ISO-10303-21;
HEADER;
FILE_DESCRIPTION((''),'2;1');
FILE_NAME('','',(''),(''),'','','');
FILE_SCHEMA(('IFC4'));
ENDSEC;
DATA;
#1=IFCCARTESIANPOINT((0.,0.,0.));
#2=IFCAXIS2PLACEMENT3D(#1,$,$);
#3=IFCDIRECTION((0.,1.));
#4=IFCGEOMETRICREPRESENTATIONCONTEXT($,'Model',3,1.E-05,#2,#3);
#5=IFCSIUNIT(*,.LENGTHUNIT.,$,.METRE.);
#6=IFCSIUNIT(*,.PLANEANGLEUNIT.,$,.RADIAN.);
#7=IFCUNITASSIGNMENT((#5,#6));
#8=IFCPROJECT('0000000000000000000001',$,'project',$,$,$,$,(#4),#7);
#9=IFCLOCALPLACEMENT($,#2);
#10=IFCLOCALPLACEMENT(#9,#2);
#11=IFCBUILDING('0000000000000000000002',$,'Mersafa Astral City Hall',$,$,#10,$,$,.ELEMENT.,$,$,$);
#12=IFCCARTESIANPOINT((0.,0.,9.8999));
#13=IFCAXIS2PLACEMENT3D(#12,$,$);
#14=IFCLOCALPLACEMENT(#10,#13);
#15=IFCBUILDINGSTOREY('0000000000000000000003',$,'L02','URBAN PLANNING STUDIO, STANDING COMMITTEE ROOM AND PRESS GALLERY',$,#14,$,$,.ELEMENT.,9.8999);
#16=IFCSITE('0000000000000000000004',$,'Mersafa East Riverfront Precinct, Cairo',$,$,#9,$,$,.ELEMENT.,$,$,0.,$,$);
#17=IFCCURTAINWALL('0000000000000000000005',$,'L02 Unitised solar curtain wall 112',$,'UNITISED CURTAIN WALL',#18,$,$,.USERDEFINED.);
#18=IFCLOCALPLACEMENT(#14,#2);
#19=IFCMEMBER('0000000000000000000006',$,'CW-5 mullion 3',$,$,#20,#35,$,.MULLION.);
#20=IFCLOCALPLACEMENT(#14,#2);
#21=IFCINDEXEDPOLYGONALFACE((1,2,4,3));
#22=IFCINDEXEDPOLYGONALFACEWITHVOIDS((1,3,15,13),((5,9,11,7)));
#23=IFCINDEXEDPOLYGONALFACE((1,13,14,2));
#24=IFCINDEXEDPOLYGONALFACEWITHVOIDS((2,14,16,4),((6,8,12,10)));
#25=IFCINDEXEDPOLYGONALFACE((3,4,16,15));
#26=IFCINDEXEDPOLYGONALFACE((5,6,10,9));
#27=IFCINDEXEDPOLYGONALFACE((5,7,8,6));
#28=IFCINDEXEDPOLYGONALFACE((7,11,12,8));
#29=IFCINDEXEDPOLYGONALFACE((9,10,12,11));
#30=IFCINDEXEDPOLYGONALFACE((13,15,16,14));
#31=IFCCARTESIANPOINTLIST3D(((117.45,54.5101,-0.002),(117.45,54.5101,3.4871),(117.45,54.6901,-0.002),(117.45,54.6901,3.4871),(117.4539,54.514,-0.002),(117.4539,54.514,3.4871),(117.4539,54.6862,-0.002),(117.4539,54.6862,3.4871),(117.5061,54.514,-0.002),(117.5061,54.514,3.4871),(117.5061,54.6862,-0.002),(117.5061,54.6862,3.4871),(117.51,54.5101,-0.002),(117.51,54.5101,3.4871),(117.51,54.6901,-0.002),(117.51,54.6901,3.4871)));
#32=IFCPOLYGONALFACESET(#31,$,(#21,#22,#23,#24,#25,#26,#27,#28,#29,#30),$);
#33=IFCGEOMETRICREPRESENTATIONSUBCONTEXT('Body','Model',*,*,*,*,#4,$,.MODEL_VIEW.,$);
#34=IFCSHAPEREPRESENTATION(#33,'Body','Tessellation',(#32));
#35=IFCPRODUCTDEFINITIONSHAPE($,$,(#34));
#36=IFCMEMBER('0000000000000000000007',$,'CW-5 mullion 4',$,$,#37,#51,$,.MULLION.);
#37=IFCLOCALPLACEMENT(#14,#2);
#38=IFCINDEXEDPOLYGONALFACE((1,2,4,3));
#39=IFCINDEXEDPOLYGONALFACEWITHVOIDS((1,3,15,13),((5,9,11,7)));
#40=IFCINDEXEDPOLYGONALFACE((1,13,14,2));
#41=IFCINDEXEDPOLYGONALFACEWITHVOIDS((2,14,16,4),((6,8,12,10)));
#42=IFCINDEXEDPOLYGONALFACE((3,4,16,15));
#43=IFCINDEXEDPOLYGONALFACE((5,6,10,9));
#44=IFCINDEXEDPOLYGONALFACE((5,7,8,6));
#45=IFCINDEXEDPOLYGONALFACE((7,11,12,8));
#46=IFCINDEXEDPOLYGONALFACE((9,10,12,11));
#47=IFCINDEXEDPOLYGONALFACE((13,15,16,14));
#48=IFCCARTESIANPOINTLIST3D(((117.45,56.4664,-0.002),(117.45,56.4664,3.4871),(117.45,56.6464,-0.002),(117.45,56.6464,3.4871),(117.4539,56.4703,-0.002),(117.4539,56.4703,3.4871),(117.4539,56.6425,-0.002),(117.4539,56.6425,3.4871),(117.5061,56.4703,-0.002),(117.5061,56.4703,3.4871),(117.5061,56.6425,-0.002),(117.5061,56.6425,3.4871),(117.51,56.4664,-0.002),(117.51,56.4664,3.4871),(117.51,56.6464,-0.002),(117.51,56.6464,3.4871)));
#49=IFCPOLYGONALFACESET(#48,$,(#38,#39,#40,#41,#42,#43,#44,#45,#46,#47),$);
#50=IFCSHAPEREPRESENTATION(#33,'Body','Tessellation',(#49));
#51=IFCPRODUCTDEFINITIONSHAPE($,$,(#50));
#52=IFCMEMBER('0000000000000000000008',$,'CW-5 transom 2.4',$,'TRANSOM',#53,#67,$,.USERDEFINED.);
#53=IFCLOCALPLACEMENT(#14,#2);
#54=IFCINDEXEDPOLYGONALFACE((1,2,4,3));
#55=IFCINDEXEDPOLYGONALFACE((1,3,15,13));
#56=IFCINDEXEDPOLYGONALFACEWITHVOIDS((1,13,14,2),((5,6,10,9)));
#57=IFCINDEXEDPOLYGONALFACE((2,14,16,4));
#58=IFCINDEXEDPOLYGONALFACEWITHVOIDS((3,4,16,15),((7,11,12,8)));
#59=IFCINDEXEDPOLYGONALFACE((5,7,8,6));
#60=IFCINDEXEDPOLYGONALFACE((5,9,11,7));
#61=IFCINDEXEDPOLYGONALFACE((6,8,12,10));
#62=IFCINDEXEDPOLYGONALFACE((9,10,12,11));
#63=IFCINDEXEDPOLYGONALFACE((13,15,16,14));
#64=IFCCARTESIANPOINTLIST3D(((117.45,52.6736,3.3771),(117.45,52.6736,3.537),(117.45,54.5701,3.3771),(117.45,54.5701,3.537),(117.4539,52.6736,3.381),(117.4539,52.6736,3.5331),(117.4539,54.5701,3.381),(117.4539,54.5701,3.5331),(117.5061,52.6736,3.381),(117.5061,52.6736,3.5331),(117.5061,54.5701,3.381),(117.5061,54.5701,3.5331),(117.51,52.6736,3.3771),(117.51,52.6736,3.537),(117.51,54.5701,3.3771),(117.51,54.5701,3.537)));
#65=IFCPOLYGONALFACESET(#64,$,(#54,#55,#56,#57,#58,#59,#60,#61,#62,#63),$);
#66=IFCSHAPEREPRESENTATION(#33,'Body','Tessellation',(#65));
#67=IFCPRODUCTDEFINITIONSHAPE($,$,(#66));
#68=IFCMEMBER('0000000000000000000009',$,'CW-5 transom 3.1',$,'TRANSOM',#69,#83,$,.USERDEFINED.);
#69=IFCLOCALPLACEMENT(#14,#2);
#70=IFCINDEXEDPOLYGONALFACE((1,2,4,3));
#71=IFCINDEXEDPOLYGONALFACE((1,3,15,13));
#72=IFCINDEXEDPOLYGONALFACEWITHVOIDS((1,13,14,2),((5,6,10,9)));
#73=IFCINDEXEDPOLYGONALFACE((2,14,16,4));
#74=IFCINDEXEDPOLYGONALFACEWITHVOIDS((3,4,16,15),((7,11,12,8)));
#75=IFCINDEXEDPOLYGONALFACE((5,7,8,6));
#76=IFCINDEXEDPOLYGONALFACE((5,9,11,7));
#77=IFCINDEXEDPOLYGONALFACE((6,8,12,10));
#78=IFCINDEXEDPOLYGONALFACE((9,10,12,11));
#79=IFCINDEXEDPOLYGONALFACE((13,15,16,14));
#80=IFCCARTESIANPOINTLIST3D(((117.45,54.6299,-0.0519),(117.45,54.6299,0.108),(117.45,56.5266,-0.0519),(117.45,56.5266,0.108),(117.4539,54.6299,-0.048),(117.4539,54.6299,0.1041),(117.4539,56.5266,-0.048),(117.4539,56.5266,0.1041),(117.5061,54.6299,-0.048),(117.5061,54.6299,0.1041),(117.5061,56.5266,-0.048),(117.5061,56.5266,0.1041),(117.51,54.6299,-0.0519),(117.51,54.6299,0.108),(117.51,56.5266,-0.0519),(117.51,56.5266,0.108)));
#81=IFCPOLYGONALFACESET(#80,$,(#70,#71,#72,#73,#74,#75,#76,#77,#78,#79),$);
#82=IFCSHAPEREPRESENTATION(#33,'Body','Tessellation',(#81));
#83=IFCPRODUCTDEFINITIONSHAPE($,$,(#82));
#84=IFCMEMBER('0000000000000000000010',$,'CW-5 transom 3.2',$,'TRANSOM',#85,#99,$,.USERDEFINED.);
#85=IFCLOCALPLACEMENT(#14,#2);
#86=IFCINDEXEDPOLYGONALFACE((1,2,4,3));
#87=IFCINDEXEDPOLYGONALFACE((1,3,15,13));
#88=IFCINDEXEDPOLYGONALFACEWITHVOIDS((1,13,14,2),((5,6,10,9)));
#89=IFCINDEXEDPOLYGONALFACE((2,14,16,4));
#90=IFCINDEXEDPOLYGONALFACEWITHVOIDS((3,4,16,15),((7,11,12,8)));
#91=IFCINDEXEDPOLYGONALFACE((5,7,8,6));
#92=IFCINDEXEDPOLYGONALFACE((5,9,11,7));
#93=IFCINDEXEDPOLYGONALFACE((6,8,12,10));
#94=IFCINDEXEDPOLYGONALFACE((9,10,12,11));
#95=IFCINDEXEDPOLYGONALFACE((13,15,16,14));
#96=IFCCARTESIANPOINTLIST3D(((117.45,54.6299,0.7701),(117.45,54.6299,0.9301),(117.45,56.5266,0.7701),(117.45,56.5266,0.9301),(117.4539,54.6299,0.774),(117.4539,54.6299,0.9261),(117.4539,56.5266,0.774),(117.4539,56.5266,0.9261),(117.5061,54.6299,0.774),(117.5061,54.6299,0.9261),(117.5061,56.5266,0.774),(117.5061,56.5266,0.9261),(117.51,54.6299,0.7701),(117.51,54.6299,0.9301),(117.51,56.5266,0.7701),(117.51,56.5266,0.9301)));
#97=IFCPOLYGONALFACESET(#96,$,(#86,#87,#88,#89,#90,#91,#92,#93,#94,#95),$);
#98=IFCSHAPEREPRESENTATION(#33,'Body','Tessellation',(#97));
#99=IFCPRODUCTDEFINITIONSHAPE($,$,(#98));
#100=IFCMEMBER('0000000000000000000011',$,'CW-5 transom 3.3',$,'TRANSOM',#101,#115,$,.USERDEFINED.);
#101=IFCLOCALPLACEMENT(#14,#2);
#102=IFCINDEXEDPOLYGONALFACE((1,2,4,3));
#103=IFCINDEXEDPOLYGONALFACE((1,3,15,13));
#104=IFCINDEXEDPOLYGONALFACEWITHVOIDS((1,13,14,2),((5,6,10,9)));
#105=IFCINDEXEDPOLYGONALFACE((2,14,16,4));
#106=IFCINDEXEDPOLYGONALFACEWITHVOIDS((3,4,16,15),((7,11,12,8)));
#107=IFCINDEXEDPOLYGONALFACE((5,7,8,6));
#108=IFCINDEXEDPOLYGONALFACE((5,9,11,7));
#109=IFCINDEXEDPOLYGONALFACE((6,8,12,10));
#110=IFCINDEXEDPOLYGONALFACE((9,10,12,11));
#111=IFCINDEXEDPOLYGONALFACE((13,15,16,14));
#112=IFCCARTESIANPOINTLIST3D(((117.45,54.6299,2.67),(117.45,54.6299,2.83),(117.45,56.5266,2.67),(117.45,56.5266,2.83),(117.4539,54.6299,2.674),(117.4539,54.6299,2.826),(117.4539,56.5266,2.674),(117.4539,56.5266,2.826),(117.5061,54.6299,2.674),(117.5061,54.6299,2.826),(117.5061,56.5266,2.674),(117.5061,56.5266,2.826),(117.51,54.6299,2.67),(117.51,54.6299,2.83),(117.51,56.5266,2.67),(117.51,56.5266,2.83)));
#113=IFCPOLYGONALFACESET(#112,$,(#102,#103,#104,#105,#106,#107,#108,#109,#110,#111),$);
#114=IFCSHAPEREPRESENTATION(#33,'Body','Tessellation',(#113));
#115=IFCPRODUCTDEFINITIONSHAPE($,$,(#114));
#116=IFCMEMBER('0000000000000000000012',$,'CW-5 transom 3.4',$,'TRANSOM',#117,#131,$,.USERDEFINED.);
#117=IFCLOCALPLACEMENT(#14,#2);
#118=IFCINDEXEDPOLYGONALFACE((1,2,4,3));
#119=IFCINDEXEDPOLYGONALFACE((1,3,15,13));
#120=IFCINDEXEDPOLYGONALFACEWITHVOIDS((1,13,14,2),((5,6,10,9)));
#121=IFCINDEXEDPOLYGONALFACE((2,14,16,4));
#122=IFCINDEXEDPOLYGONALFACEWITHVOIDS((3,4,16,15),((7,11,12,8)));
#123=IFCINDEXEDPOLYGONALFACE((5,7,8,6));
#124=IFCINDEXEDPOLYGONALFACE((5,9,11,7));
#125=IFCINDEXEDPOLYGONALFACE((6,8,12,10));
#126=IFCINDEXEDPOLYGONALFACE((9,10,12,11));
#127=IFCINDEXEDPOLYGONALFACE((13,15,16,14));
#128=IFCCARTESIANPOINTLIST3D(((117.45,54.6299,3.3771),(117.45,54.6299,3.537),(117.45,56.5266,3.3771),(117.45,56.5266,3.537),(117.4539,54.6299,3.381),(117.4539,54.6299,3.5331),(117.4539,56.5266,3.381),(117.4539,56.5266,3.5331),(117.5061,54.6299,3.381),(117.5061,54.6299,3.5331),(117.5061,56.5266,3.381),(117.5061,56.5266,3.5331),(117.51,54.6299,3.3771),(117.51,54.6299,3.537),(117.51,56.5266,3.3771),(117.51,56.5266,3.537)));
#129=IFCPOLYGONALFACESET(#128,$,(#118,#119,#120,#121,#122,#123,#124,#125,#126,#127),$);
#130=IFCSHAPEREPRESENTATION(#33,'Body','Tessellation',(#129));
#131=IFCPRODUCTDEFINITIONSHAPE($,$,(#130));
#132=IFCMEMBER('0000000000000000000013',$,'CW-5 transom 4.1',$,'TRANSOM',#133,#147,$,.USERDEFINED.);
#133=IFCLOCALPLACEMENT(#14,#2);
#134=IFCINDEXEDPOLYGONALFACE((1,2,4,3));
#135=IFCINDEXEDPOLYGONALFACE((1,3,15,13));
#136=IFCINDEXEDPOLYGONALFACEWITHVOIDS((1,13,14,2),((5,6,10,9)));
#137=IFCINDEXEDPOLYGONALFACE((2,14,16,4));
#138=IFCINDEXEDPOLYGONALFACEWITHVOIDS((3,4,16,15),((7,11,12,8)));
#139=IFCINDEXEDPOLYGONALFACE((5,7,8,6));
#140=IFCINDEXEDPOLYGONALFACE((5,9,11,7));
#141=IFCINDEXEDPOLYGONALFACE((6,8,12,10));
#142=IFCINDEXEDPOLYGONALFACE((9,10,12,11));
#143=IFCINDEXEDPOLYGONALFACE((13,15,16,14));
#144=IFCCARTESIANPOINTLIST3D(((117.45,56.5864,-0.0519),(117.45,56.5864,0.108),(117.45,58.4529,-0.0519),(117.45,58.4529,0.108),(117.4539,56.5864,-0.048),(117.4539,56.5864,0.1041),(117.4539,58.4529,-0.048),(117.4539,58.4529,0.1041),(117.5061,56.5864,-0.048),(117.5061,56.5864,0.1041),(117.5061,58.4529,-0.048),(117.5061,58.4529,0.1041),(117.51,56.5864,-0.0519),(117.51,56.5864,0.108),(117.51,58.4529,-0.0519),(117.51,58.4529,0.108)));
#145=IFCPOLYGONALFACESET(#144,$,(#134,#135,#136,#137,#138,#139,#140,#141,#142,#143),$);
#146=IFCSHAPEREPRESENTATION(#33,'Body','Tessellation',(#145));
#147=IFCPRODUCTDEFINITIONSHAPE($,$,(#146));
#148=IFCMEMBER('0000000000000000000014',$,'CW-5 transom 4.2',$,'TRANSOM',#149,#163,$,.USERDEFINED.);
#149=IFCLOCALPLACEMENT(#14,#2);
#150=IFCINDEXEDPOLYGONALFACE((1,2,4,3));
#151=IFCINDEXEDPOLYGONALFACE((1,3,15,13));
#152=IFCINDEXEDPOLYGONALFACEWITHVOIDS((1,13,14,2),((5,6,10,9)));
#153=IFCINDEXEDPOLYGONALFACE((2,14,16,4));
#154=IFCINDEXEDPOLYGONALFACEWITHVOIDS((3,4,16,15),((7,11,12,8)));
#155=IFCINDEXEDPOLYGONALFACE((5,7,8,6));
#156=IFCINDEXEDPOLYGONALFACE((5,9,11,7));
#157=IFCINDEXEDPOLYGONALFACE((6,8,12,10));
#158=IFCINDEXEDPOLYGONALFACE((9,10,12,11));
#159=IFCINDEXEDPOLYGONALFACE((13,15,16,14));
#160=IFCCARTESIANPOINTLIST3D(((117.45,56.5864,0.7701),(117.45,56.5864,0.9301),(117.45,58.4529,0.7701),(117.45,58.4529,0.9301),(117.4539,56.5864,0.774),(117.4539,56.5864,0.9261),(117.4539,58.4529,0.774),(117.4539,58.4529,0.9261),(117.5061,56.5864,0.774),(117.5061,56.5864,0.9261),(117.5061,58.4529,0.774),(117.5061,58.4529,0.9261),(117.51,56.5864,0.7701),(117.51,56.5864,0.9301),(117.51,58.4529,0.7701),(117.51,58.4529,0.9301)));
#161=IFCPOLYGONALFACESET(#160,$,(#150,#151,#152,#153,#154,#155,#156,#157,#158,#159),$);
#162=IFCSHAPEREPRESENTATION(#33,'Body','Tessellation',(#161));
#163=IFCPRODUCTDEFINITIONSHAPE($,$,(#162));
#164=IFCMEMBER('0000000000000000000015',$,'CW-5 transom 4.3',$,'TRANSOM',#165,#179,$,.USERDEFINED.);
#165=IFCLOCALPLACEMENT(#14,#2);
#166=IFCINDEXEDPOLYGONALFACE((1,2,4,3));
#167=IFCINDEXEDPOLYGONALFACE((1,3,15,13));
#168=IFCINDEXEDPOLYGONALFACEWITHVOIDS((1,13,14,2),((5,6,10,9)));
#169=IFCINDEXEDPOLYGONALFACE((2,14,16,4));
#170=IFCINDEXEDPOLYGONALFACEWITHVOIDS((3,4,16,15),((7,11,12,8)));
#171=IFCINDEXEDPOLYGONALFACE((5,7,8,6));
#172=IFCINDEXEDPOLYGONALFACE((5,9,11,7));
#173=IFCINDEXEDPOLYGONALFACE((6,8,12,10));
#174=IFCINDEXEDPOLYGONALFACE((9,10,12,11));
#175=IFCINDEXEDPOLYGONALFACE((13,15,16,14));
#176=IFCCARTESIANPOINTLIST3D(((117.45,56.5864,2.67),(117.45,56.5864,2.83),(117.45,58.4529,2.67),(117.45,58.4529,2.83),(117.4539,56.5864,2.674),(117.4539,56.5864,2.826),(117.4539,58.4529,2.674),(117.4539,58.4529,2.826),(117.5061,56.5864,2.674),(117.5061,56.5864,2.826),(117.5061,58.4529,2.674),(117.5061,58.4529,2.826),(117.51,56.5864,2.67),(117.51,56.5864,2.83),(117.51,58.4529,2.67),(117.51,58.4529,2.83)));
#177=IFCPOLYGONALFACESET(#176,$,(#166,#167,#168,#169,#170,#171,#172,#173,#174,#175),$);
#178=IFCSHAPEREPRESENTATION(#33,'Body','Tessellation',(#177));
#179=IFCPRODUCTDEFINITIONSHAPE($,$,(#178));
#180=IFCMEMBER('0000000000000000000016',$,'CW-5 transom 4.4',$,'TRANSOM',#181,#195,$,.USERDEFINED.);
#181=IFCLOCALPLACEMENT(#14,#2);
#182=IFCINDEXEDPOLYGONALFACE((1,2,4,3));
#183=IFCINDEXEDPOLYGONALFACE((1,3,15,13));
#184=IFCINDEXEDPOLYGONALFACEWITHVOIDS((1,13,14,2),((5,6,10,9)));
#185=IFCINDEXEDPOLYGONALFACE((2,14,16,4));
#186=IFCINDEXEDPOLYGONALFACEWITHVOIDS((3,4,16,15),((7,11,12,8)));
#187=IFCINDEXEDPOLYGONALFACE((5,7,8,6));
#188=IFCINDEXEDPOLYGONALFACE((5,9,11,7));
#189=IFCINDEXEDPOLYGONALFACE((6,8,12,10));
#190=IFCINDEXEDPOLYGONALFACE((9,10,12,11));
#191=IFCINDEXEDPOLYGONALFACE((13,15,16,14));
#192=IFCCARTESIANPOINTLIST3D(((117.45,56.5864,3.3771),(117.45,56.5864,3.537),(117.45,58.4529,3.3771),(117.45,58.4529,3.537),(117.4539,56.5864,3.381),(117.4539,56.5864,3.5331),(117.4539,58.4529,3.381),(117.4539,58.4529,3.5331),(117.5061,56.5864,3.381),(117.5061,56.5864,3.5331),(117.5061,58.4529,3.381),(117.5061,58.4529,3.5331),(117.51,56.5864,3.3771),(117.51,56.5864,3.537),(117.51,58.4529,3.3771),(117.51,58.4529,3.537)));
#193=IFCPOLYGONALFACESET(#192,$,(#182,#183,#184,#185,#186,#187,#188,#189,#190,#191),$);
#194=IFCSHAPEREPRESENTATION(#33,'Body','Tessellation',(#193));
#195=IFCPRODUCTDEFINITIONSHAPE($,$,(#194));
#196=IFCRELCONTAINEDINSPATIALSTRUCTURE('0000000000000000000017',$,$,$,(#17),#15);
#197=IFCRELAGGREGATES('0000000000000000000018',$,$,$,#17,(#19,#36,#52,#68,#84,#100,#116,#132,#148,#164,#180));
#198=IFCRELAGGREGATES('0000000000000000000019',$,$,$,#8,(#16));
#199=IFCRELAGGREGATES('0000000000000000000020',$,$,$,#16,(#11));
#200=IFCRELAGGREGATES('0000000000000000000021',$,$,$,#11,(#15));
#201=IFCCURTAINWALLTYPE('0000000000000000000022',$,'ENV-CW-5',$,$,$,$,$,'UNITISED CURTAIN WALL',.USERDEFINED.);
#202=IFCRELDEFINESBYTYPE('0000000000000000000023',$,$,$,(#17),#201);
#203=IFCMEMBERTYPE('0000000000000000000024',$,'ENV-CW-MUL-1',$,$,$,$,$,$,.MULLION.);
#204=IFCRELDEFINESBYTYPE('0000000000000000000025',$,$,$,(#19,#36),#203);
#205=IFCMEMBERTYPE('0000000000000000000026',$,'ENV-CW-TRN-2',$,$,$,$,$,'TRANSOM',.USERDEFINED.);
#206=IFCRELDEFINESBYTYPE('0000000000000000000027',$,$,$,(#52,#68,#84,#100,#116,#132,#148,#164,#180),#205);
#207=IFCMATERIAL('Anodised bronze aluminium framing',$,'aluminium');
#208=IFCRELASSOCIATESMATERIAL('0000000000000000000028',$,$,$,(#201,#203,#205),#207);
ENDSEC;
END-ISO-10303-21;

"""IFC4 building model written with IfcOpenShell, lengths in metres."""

from ifc_helpers import new_model, si_unit, direction, frame, origin, origin_2d, place, context, subcontext, project, spatial, hollow_rectangle, extrude, material, material_profile, profile_set, type_object, element, aggregate, save


model = new_model("IFC4")

# Units and contexts
model_context = context("Model", 3, precision=1e-05, world=origin(), true_north=direction((0.0, 1.0)))
body_context = subcontext(model_context, "Body", "Model", "MODEL_VIEW")
ifc_project = project(units=[si_unit("LENGTHUNIT", "METRE"), si_unit("PLANEANGLEUNIT", "RADIAN")], contexts=[model_context])

# Site, building, storey
site_placement = place(None, origin())
site = spatial("IfcSite", under=ifc_project, at=site_placement, Name="Mersafa East Riverfront Precinct, Cairo", CompositionType="ELEMENT", RefElevation=0.0)
building_placement = place(site_placement, origin())
building = spatial("IfcBuilding", under=site, at=building_placement, Name="Mersafa Astral City Hall", CompositionType="ELEMENT")
storey_placement = place(building_placement, frame((0.0, 0.0, 9.8999)))
storey = spatial("IfcBuildingStorey", under=building, at=storey_placement, Name="L02", Description="URBAN PLANNING STUDIO, STANDING COMMITTEE ROOM AND PRESS GALLERY", CompositionType="ELEMENT", Elevation=9.8999)

# Curtain wall, members
ifc_material_1 = material(Name="Anodised bronze aluminium framing", Category="aluminium")
curtain_wall_type = type_object("IfcCurtainWallType", Name="ENV-CW-5", ElementType="UNITISED CURTAIN WALL", PredefinedType="USERDEFINED", material=ifc_material_1)
curtain_wall_placement = place(storey_placement, origin())
curtain_wall = element("IfcCurtainWall", 1, at=curtain_wall_placement, inside=storey, type_object=curtain_wall_type, Name="L02 Unitised solar curtain wall 112", ObjectType="UNITISED CURTAIN WALL", PredefinedType="USERDEFINED")
ifc_material_profile_1 = material_profile(ifc_material_1, hollow_rectangle(XDim=0.0601, YDim=0.1799, WallThickness=0.0039, at=origin_2d()), Name="RHS 60x180x4")
ifc_profile_set_1 = profile_set([ifc_material_profile_1], Name="Anodised bronze aluminium framing")
member_type_1 = type_object("IfcMemberType", Name="ENV-CW-MUL-1", PredefinedType="MULLION", material=ifc_profile_set_1)
member_1_placement = place(storey_placement, frame((117.48, 54.6001, -0.002), z_axis=(0.0, 0.0, 1.0), x_axis=(-1.0, 0.0, 0.0)))
member_1 = element("IfcMember", 2, at=member_1_placement, type_object=member_type_1, Name="CW-5 mullion 3", PredefinedType="MULLION", context=body_context, shape_type="SweptSolid", body=[
    extrude(hollow_rectangle(XDim=0.0601, YDim=0.1799, WallThickness=0.0039, at=origin_2d()), origin(), (0.0, 0.0, 1.0), 3.489),
])
member_2_placement = place(storey_placement, frame((117.48, 56.5564, -0.002), z_axis=(0.0, 0.0, 1.0), x_axis=(-1.0, 0.0, 0.0)))
member_2 = element("IfcMember", 3, at=member_2_placement, type_object=member_type_1, Name="CW-5 mullion 4", PredefinedType="MULLION", context=body_context, shape_type="SweptSolid", body=[
    extrude(hollow_rectangle(XDim=0.0601, YDim=0.1799, WallThickness=0.0039, at=origin_2d()), origin(), (0.0, 0.0, 1.0), 3.489),
])
ifc_material_profile_2 = material_profile(ifc_material_1, hollow_rectangle(XDim=0.0601, YDim=0.1599, WallThickness=0.0039, at=origin_2d()), Name="RHS 60x160x4")
ifc_profile_set_2 = profile_set([ifc_material_profile_2], Name="Anodised bronze aluminium framing")
member_type_2 = type_object("IfcMemberType", Name="ENV-CW-TRN-2", ElementType="TRANSOM", PredefinedType="USERDEFINED", material=ifc_profile_set_2)
member_3_placement = place(storey_placement, frame((117.48, 52.6736, 3.457), z_axis=(0.0, 1.0, 0.0), x_axis=(-1.0, 0.0, 0.0)))
member_3 = element("IfcMember", 4, at=member_3_placement, type_object=member_type_2, Name="CW-5 transom 2.4", ObjectType="TRANSOM", PredefinedType="USERDEFINED", context=body_context, shape_type="SweptSolid", body=[
    extrude(hollow_rectangle(XDim=0.0601, YDim=0.1599, WallThickness=0.0039, at=origin_2d()), origin(), (0.0, 0.0, 1.0), 1.8965),
])
member_4_placement = place(storey_placement, frame((117.48, 54.6299, 0.0281), z_axis=(0.0, 1.0, 0.0), x_axis=(-1.0, 0.0, 0.0)))
member_4 = element("IfcMember", 5, at=member_4_placement, type_object=member_type_2, Name="CW-5 transom 3.1", ObjectType="TRANSOM", PredefinedType="USERDEFINED", context=body_context, shape_type="SweptSolid", body=[
    extrude(hollow_rectangle(XDim=0.0601, YDim=0.1599, WallThickness=0.0039, at=origin_2d()), origin(), (0.0, 0.0, 1.0), 1.8967),
])
member_5_placement = place(storey_placement, frame((117.48, 54.6299, 0.8501), z_axis=(0.0, 1.0, 0.0), x_axis=(-1.0, 0.0, 0.0)))
member_5 = element("IfcMember", 6, at=member_5_placement, type_object=member_type_2, Name="CW-5 transom 3.2", ObjectType="TRANSOM", PredefinedType="USERDEFINED", context=body_context, shape_type="SweptSolid", body=[
    extrude(hollow_rectangle(XDim=0.0601, YDim=0.1599, WallThickness=0.0039, at=origin_2d()), origin(), (0.0, 0.0, 1.0), 1.8967),
])
member_6_placement = place(storey_placement, frame((117.48, 54.6299, 2.75), z_axis=(0.0, 1.0, 0.0), x_axis=(-1.0, 0.0, 0.0)))
member_6 = element("IfcMember", 7, at=member_6_placement, type_object=member_type_2, Name="CW-5 transom 3.3", ObjectType="TRANSOM", PredefinedType="USERDEFINED", context=body_context, shape_type="SweptSolid", body=[
    extrude(hollow_rectangle(XDim=0.0601, YDim=0.1599, WallThickness=0.0039, at=origin_2d()), origin(), (0.0, 0.0, 1.0), 1.8967),
])
member_7_placement = place(storey_placement, frame((117.48, 54.6299, 3.457), z_axis=(0.0, 1.0, 0.0), x_axis=(-1.0, 0.0, 0.0)))
member_7 = element("IfcMember", 8, at=member_7_placement, type_object=member_type_2, Name="CW-5 transom 3.4", ObjectType="TRANSOM", PredefinedType="USERDEFINED", context=body_context, shape_type="SweptSolid", body=[
    extrude(hollow_rectangle(XDim=0.0601, YDim=0.1599, WallThickness=0.0039, at=origin_2d()), origin(), (0.0, 0.0, 1.0), 1.8967),
])
member_8_placement = place(storey_placement, frame((117.48, 56.5864, 0.0281), z_axis=(0.0, 1.0, 0.0), x_axis=(-1.0, 0.0, 0.0)))
member_8 = element("IfcMember", 9, at=member_8_placement, type_object=member_type_2, Name="CW-5 transom 4.1", ObjectType="TRANSOM", PredefinedType="USERDEFINED", context=body_context, shape_type="SweptSolid", body=[
    extrude(hollow_rectangle(XDim=0.0601, YDim=0.1599, WallThickness=0.0039, at=origin_2d()), origin(), (0.0, 0.0, 1.0), 1.8665),
])
member_9_placement = place(storey_placement, frame((117.48, 56.5864, 0.8501), z_axis=(0.0, 1.0, 0.0), x_axis=(-1.0, 0.0, 0.0)))
member_9 = element("IfcMember", 10, at=member_9_placement, type_object=member_type_2, Name="CW-5 transom 4.2", ObjectType="TRANSOM", PredefinedType="USERDEFINED", context=body_context, shape_type="SweptSolid", body=[
    extrude(hollow_rectangle(XDim=0.0601, YDim=0.1599, WallThickness=0.0039, at=origin_2d()), origin(), (0.0, 0.0, 1.0), 1.8665),
])
member_10_placement = place(storey_placement, frame((117.48, 56.5864, 2.75), z_axis=(0.0, 1.0, 0.0), x_axis=(-1.0, 0.0, 0.0)))
member_10 = element("IfcMember", 11, at=member_10_placement, type_object=member_type_2, Name="CW-5 transom 4.3", ObjectType="TRANSOM", PredefinedType="USERDEFINED", context=body_context, shape_type="SweptSolid", body=[
    extrude(hollow_rectangle(XDim=0.0601, YDim=0.1599, WallThickness=0.0039, at=origin_2d()), origin(), (0.0, 0.0, 1.0), 1.8665),
])
member_11_placement = place(storey_placement, frame((117.48, 56.5864, 3.457), z_axis=(0.0, 1.0, 0.0), x_axis=(-1.0, 0.0, 0.0)))
member_11 = element("IfcMember", 12, at=member_11_placement, type_object=member_type_2, Name="CW-5 transom 4.4", ObjectType="TRANSOM", PredefinedType="USERDEFINED", context=body_context, shape_type="SweptSolid", body=[
    extrude(hollow_rectangle(XDim=0.0601, YDim=0.1599, WallThickness=0.0039, at=origin_2d()), origin(), (0.0, 0.0, 1.0), 1.8665),
])
aggregate(curtain_wall, [member_1, member_2, member_3, member_4, member_5, member_6, member_7, member_8, member_9, member_10, member_11])

save(model, "model.ifc")
